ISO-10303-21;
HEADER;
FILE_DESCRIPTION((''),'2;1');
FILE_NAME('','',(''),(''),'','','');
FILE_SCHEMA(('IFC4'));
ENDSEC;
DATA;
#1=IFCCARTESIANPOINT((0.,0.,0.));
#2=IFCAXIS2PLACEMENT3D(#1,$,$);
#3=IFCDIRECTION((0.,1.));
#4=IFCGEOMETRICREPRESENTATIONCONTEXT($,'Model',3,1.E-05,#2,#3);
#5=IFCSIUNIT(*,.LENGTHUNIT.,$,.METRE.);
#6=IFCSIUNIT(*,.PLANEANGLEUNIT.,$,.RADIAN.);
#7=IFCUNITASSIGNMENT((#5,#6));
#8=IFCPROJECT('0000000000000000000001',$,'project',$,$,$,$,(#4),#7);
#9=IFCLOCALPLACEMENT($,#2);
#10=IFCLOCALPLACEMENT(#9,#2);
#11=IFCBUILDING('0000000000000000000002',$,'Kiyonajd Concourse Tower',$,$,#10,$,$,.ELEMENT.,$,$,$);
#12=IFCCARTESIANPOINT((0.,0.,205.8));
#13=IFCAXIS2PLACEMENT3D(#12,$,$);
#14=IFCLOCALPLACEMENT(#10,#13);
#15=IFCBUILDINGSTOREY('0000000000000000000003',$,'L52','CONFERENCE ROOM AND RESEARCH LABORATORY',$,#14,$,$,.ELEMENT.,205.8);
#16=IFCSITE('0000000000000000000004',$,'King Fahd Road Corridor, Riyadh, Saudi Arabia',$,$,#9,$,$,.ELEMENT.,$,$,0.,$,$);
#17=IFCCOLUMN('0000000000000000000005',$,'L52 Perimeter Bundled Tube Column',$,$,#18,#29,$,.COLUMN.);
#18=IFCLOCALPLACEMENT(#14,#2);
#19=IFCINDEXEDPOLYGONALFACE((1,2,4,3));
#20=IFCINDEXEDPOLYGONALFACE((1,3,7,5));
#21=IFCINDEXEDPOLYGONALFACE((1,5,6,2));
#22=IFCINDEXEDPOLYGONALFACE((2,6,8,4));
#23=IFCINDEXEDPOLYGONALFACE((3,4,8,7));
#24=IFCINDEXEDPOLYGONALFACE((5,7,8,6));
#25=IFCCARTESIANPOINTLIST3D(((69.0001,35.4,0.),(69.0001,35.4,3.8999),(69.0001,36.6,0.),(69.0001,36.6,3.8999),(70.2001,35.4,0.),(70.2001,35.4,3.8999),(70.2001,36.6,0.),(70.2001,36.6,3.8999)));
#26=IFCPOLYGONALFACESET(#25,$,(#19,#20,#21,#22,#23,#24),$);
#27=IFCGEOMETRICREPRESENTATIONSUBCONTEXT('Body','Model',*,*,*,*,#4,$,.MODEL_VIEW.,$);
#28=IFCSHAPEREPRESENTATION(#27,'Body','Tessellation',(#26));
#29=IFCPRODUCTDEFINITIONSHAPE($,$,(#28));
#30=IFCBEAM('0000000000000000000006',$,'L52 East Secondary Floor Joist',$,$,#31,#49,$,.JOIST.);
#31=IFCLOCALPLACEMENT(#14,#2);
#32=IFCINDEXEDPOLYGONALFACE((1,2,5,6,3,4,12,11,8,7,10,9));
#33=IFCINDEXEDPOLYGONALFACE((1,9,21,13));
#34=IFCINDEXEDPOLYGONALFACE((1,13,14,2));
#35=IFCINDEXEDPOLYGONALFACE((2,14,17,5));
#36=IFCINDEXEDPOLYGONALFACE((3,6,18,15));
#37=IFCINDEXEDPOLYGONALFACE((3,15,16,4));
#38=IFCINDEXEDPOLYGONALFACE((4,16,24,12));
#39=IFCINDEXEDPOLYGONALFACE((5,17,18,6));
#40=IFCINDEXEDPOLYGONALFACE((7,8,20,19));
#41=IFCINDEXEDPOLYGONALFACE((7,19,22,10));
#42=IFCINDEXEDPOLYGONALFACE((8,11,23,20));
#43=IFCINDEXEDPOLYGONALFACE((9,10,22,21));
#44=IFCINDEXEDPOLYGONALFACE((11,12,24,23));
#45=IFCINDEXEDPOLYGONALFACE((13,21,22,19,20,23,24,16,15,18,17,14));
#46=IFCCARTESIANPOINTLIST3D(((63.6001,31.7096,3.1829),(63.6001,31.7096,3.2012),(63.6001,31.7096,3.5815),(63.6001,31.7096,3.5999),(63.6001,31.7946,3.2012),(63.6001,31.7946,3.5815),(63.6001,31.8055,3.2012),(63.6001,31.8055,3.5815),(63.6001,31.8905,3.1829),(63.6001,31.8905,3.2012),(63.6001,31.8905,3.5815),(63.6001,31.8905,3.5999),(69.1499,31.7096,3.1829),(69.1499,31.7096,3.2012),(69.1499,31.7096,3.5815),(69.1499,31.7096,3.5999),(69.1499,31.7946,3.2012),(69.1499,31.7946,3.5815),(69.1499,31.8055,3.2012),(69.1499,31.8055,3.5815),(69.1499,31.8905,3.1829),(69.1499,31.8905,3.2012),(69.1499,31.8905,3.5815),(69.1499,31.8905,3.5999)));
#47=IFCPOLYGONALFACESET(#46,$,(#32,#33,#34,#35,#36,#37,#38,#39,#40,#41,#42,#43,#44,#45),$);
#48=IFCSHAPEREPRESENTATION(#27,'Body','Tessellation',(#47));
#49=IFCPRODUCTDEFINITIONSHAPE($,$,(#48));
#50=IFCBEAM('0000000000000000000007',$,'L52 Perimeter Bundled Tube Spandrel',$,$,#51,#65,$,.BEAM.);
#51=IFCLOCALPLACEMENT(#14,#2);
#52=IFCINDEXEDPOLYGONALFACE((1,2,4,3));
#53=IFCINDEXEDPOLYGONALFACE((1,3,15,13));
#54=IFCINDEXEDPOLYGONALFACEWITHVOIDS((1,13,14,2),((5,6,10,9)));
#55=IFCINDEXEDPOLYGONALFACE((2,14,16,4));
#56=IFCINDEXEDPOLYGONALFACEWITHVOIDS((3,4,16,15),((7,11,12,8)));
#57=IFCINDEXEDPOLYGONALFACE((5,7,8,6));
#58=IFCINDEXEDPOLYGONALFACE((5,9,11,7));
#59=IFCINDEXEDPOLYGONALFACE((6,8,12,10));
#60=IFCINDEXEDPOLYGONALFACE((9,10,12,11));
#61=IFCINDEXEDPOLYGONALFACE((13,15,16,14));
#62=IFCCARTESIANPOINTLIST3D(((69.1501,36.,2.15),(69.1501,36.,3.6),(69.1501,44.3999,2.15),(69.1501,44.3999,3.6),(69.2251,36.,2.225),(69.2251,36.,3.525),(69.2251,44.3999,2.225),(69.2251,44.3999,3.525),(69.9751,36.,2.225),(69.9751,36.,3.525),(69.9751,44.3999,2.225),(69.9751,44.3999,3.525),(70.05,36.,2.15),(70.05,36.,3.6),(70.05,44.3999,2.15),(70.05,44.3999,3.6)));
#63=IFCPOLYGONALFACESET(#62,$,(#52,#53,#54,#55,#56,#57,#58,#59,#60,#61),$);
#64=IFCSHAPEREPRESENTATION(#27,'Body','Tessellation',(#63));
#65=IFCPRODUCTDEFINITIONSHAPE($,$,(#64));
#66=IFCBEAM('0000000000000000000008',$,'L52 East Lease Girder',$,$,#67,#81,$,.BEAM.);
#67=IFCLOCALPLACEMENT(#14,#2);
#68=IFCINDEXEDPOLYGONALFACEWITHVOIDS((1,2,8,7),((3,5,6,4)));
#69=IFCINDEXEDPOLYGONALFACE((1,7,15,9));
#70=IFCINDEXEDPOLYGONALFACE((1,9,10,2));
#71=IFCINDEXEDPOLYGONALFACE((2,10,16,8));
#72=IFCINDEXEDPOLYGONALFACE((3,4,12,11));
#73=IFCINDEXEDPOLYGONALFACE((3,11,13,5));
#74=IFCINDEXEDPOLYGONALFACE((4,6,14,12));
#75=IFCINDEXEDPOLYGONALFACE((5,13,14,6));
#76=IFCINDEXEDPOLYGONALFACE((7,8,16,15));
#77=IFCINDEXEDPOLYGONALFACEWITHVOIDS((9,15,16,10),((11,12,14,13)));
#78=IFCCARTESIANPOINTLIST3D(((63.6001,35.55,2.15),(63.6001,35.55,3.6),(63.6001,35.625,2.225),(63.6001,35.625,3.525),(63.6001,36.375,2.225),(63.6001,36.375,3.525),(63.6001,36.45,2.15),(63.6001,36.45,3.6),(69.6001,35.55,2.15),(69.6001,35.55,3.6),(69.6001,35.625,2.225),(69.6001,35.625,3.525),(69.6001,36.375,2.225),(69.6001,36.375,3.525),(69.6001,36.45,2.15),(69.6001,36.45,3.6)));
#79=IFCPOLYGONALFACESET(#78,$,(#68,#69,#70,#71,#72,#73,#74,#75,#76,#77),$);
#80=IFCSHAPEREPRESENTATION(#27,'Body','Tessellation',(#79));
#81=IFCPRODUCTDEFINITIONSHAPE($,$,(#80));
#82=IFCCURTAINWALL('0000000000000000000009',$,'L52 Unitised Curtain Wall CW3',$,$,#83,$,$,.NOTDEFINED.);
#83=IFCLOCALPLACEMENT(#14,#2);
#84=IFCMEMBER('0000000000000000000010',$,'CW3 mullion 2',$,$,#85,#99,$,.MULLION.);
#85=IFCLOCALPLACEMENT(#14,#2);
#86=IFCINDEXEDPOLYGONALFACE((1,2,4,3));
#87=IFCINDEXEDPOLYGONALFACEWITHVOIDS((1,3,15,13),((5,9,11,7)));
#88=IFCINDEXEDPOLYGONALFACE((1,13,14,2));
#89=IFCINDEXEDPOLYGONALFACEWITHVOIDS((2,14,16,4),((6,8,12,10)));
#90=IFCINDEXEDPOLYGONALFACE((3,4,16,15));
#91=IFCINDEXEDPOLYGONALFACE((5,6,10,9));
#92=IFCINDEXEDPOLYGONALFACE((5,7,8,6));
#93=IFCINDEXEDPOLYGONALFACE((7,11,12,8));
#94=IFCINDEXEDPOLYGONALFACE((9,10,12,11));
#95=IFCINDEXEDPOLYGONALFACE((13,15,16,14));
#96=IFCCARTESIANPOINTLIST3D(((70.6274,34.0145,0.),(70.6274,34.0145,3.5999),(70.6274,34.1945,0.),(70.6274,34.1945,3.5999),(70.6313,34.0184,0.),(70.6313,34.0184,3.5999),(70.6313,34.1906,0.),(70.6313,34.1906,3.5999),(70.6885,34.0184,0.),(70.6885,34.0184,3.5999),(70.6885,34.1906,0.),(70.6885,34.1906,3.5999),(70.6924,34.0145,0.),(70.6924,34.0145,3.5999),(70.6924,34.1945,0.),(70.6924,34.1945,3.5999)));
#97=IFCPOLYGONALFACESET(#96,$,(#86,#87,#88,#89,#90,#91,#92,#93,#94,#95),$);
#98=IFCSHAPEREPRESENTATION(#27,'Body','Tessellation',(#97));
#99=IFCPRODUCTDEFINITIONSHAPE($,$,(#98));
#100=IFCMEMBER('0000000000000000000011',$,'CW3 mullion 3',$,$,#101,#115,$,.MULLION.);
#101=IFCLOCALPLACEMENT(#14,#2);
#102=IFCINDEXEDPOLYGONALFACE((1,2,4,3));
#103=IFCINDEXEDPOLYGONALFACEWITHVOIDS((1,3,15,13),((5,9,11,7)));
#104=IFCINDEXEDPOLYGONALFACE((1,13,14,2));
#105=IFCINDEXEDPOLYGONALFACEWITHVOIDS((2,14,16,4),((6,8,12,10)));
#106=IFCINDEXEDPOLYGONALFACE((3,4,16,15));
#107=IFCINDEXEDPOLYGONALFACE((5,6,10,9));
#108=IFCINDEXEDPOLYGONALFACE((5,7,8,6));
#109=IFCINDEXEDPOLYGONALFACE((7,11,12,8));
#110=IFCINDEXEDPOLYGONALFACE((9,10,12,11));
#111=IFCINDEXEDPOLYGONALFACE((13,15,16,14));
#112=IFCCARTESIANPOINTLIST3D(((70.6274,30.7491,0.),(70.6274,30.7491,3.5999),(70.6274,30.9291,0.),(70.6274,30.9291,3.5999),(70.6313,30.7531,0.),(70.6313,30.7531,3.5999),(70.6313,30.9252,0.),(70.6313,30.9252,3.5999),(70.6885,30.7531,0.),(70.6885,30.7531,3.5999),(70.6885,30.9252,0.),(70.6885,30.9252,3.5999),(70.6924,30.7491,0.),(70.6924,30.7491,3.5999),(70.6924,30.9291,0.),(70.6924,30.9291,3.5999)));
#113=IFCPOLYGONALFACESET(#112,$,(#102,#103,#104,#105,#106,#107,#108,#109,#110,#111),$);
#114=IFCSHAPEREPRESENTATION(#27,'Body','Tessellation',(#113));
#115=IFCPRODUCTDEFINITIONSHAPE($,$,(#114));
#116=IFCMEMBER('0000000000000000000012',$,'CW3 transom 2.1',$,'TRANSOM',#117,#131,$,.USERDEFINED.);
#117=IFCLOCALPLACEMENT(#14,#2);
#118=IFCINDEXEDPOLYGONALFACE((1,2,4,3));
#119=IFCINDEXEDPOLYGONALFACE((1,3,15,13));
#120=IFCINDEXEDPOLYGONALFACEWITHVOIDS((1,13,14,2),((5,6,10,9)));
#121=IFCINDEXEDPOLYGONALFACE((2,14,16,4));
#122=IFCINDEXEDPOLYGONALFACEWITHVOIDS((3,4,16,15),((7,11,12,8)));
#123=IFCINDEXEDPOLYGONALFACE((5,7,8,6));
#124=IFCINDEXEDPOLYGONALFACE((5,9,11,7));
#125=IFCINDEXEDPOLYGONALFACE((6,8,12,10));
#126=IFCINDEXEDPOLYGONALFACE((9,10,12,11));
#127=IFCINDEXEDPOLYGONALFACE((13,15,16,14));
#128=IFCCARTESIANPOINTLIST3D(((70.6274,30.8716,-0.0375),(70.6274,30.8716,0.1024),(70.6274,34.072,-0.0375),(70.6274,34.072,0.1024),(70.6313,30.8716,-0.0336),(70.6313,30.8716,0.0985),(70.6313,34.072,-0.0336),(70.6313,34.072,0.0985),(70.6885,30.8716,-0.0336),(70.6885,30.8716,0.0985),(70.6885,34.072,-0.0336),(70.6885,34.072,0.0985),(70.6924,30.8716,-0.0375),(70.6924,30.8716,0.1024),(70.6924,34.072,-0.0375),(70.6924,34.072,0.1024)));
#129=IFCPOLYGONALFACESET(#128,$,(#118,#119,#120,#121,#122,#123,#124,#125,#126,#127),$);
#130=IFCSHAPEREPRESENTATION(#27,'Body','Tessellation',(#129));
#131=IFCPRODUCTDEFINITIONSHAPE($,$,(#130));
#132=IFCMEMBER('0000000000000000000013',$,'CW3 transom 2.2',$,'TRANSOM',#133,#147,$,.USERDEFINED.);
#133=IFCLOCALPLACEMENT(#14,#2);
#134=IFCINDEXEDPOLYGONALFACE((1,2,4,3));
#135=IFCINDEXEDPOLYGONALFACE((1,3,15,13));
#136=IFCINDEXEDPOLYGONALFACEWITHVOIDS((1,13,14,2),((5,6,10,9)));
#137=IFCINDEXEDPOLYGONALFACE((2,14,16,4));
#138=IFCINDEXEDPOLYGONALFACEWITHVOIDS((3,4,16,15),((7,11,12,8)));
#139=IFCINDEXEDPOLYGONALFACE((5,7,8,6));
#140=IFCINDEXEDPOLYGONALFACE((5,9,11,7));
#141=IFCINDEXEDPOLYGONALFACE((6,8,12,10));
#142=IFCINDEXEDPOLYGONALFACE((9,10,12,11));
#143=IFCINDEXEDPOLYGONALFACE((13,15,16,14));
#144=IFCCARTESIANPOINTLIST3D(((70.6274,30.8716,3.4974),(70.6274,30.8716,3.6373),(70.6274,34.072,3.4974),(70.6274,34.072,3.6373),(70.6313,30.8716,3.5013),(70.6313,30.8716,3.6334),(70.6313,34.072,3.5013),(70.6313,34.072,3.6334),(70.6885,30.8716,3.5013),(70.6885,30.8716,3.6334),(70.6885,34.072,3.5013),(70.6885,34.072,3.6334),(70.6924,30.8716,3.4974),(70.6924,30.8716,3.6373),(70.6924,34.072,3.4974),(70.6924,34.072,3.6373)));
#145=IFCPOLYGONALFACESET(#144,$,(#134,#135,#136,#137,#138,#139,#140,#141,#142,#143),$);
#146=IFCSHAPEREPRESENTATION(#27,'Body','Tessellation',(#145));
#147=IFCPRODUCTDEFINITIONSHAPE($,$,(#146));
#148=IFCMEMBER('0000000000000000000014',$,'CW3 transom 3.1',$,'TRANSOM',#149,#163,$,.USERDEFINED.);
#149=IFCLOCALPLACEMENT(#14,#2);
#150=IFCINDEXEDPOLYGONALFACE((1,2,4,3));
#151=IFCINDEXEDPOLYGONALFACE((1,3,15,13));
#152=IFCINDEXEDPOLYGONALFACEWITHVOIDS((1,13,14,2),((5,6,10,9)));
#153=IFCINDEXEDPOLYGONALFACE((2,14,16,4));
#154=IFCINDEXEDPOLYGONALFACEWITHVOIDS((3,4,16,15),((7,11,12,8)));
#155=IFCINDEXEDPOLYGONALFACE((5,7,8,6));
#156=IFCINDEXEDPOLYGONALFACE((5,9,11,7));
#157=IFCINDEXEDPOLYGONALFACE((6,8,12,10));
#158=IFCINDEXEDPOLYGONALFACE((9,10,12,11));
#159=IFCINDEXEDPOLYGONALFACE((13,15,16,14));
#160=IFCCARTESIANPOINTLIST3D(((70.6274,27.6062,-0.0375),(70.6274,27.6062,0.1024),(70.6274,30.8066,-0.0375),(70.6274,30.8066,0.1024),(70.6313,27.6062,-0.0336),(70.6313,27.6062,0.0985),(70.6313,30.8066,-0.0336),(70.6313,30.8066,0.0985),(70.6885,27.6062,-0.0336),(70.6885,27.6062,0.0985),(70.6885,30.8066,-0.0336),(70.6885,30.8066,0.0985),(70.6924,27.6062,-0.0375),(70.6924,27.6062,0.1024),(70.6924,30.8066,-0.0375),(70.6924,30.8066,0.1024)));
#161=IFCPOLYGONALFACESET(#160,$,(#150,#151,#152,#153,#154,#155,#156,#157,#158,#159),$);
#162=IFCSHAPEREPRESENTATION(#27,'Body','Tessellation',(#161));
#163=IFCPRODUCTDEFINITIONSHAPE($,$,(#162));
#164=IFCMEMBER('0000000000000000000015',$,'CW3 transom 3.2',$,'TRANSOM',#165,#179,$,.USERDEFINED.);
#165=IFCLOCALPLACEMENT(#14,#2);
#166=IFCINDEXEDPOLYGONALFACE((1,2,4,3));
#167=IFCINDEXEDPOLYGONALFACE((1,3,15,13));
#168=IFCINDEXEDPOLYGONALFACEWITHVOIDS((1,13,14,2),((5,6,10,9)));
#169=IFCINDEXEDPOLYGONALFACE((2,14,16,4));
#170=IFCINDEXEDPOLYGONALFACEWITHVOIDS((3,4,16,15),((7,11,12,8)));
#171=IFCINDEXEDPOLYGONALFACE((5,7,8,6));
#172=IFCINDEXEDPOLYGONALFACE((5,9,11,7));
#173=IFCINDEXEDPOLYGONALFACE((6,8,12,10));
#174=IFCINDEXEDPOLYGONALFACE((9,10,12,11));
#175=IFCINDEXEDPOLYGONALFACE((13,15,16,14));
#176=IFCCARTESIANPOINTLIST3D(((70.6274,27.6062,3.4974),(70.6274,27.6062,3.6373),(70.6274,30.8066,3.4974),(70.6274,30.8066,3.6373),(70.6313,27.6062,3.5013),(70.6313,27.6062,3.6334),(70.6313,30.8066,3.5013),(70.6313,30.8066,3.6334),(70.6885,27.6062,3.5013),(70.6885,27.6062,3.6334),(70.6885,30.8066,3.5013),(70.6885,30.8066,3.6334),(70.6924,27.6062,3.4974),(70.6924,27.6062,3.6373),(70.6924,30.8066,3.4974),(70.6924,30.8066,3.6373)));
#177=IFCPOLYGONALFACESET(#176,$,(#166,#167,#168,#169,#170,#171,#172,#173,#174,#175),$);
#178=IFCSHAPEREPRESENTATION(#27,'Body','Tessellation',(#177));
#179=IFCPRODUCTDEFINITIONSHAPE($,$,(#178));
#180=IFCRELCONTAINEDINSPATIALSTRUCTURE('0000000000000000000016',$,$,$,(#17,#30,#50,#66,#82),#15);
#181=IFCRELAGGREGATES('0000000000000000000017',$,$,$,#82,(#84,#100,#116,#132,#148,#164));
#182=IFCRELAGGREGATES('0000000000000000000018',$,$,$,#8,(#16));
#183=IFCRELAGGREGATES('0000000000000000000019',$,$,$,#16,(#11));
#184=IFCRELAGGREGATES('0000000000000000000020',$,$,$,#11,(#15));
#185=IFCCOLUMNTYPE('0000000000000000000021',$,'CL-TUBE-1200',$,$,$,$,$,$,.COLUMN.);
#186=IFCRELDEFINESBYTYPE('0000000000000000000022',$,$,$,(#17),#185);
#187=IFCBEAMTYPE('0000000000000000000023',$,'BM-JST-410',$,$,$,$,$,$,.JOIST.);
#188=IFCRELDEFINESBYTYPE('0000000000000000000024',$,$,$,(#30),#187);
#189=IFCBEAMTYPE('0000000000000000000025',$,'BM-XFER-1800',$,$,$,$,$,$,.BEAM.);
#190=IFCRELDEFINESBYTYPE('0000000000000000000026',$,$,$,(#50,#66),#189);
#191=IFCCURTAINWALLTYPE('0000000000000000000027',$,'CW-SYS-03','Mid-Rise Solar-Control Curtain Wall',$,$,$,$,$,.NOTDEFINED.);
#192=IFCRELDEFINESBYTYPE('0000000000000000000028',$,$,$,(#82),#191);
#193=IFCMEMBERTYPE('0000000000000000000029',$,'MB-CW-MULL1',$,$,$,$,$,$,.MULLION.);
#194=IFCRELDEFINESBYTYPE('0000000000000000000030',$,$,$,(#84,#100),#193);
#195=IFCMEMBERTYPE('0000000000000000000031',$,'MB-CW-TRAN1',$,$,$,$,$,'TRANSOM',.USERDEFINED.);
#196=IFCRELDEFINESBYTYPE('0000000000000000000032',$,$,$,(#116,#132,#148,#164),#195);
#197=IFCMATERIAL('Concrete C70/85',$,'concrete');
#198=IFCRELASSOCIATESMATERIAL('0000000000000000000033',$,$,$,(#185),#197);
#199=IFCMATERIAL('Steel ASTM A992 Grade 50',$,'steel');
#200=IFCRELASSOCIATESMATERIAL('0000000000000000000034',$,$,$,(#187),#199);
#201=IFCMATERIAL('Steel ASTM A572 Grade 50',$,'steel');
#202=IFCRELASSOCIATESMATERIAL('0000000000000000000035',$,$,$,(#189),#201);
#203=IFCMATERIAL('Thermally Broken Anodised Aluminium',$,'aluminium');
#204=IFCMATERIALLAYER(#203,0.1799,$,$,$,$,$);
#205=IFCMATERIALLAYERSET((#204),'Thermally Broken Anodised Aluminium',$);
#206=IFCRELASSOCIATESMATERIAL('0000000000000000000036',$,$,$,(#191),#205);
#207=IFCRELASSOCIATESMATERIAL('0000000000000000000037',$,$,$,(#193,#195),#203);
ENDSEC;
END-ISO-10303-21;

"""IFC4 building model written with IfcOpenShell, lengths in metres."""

from ifc_helpers import new_model, si_unit, direction, frame, origin, origin_2d, place, context, subcontext, project, spatial, rectangle, hollow_rectangle, i_section, extrude, material, layer, layer_set, material_profile, profile_set, type_object, element, aggregate, save


model = new_model("IFC4")

# Units and contexts
model_context = context("Model", 3, precision=1e-05, world=origin(), true_north=direction((0.0, 1.0)))
body_context = subcontext(model_context, "Body", "Model", "MODEL_VIEW")
ifc_project = project(units=[si_unit("LENGTHUNIT", "METRE"), si_unit("PLANEANGLEUNIT", "RADIAN")], contexts=[model_context])

# Site, building, storey
site_placement = place(None, origin())
site = spatial("IfcSite", under=ifc_project, at=site_placement, Name="King Fahd Road Corridor, Riyadh, Saudi Arabia", CompositionType="ELEMENT", RefElevation=0.0)
building_placement = place(site_placement, origin())
building = spatial("IfcBuilding", under=site, at=building_placement, Name="Kiyonajd Concourse Tower", CompositionType="ELEMENT")
storey_placement = place(building_placement, frame((0.0, 0.0, 205.8)))
storey = spatial("IfcBuildingStorey", under=building, at=storey_placement, Name="L52", Description="CONFERENCE ROOM AND RESEARCH LABORATORY", CompositionType="ELEMENT", Elevation=205.8)

# Column
ifc_material_1 = material(Name="Concrete C70/85", Category="concrete")
ifc_material_profile_1 = material_profile(ifc_material_1, rectangle(XDim=1.2, YDim=1.2, at=origin_2d()), Name="RC-1200x1200")
ifc_profile_set_1 = profile_set([ifc_material_profile_1], Name="Concrete C70/85")
column_type = type_object("IfcColumnType", Name="CL-TUBE-1200", PredefinedType="COLUMN", material=ifc_profile_set_1)
column_placement = place(storey_placement, frame((69.6001, 36.0, 0.0), z_axis=(0.0, 0.0, 1.0), x_axis=(1.0, 0.0, 0.0)))
element("IfcColumn", 1, at=column_placement, inside=storey, type_object=column_type, Name="L52 Perimeter Bundled Tube Column", PredefinedType="COLUMN", context=body_context, shape_type="SweptSolid", body=[
    extrude(rectangle(XDim=1.2, YDim=1.2, at=origin_2d()), origin(), (0.0, 0.0, 1.0), 3.8999),
])

# Beams
ifc_material_2 = material(Name="Steel ASTM A992 Grade 50", Category="steel")
ifc_material_profile_2 = material_profile(ifc_material_2, i_section(OverallWidth=0.1809, OverallDepth=0.417, WebThickness=0.011, FlangeThickness=0.0183, at=origin_2d()), Name="W410X85")
ifc_profile_set_2 = profile_set([ifc_material_profile_2], Name="Steel ASTM A992 Grade 50")
beam_type_1 = type_object("IfcBeamType", Name="BM-JST-410", PredefinedType="JOIST", material=ifc_profile_set_2)
beam_1_placement = place(storey_placement, frame((63.6001, 31.8, 3.3914), z_axis=(1.0, 0.0, 0.0), x_axis=(0.0, 1.0, 0.0)))
element("IfcBeam", 2, at=beam_1_placement, inside=storey, type_object=beam_type_1, Name="L52 East Secondary Floor Joist", PredefinedType="JOIST", context=body_context, shape_type="SweptSolid", body=[
    extrude(i_section(OverallWidth=0.1809, OverallDepth=0.417, WebThickness=0.011, FlangeThickness=0.0183, at=origin_2d()), origin(), (0.0, 0.0, 1.0), 5.5498),
])
ifc_material_3 = material(Name="Steel ASTM A572 Grade 50", Category="steel")
ifc_material_profile_3 = material_profile(ifc_material_3, hollow_rectangle(XDim=0.8999, YDim=1.45, WallThickness=0.075, at=origin_2d()), Name="BOX-1450x900x75")
ifc_profile_set_3 = profile_set([ifc_material_profile_3], Name="Steel ASTM A572 Grade 50")
beam_type_2 = type_object("IfcBeamType", Name="BM-XFER-1800", PredefinedType="BEAM", material=ifc_profile_set_3)
beam_2_placement = place(storey_placement, frame((69.6001, 36.0, 2.875), z_axis=(0.0, 1.0, 0.0), x_axis=(-1.0, 0.0, 0.0)))
element("IfcBeam", 3, at=beam_2_placement, inside=storey, type_object=beam_type_2, Name="L52 Perimeter Bundled Tube Spandrel", PredefinedType="BEAM", context=body_context, shape_type="SweptSolid", body=[
    extrude(hollow_rectangle(XDim=0.8999, YDim=1.45, WallThickness=0.075, at=origin_2d()), origin(), (0.0, 0.0, 1.0), 8.3999),
])
beam_3_placement = place(storey_placement, frame((63.6001, 36.0, 2.875), z_axis=(1.0, 0.0, 0.0), x_axis=(0.0, 1.0, 0.0)))
element("IfcBeam", 4, at=beam_3_placement, inside=storey, type_object=beam_type_2, Name="L52 East Lease Girder", PredefinedType="BEAM", context=body_context, shape_type="SweptSolid", body=[
    extrude(hollow_rectangle(XDim=0.8999, YDim=1.45, WallThickness=0.075, at=origin_2d()), origin(), (0.0, 0.0, 1.0), 6.0),
])

# Curtain wall, members
ifc_material_4 = material(Name="Thermally Broken Anodised Aluminium", Category="aluminium")
ifc_layer_1 = layer(ifc_material_4, 0.1799)
ifc_layer_set_1 = layer_set([ifc_layer_1], Name="Thermally Broken Anodised Aluminium")
curtain_wall_type = type_object("IfcCurtainWallType", Name="CW-SYS-03", Description="Mid-Rise Solar-Control Curtain Wall", PredefinedType="NOTDEFINED", material=ifc_layer_set_1)
curtain_wall_placement = place(storey_placement, origin())
curtain_wall = element("IfcCurtainWall", 5, at=curtain_wall_placement, inside=storey, type_object=curtain_wall_type, Name="L52 Unitised Curtain Wall CW3", PredefinedType="NOTDEFINED")
ifc_material_profile_4 = material_profile(ifc_material_4, hollow_rectangle(XDim=0.0649, YDim=0.1799, WallThickness=0.0039, at=origin_2d()), Name="MULL-65x180")
ifc_profile_set_4 = profile_set([ifc_material_profile_4], Name="Thermally Broken Anodised Aluminium")
member_type_1 = type_object("IfcMemberType", Name="MB-CW-MULL1", PredefinedType="MULLION", material=ifc_profile_set_4)
member_1_placement = place(storey_placement, frame((70.6599, 34.1045, 0.0), z_axis=(0.0, 0.0, 1.0), x_axis=(1.0, 0.0, 0.0)))
member_1 = element("IfcMember", 6, at=member_1_placement, type_object=member_type_1, Name="CW3 mullion 2", PredefinedType="MULLION", context=body_context, shape_type="SweptSolid", body=[
    extrude(hollow_rectangle(XDim=0.0649, YDim=0.1799, WallThickness=0.0039, at=origin_2d()), origin(), (0.0, 0.0, 1.0), 3.5999),
])
member_2_placement = place(storey_placement, frame((70.6599, 30.8391, 0.0), z_axis=(0.0, 0.0, 1.0), x_axis=(1.0, 0.0, 0.0)))
member_2 = element("IfcMember", 7, at=member_2_placement, type_object=member_type_1, Name="CW3 mullion 3", PredefinedType="MULLION", context=body_context, shape_type="SweptSolid", body=[
    extrude(hollow_rectangle(XDim=0.0649, YDim=0.1799, WallThickness=0.0039, at=origin_2d()), origin(), (0.0, 0.0, 1.0), 3.5999),
])
ifc_material_profile_5 = material_profile(ifc_material_4, hollow_rectangle(XDim=0.0649, YDim=0.1399, WallThickness=0.0039, at=origin_2d()), Name="TRAN-65x140")
ifc_profile_set_5 = profile_set([ifc_material_profile_5], Name="Thermally Broken Anodised Aluminium")
member_type_2 = type_object("IfcMemberType", Name="MB-CW-TRAN1", ElementType="TRANSOM", PredefinedType="USERDEFINED", material=ifc_profile_set_5)
member_3_placement = place(storey_placement, frame((70.6599, 34.072, 0.0325), z_axis=(0.0, -1.0, 0.0), x_axis=(1.0, 0.0, 0.0)))
member_3 = element("IfcMember", 8, at=member_3_placement, type_object=member_type_2, Name="CW3 transom 2.1", ObjectType="TRANSOM", PredefinedType="USERDEFINED", context=body_context, shape_type="SweptSolid", body=[
    extrude(hollow_rectangle(XDim=0.0649, YDim=0.1399, WallThickness=0.0039, at=origin_2d()), origin(), (0.0, 0.0, 1.0), 3.2004),
])
member_4_placement = place(storey_placement, frame((70.6599, 34.072, 3.5674), z_axis=(0.0, -1.0, 0.0), x_axis=(1.0, 0.0, 0.0)))
member_4 = element("IfcMember", 9, at=member_4_placement, type_object=member_type_2, Name="CW3 transom 2.2", ObjectType="TRANSOM", PredefinedType="USERDEFINED", context=body_context, shape_type="SweptSolid", body=[
    extrude(hollow_rectangle(XDim=0.0649, YDim=0.1399, WallThickness=0.0039, at=origin_2d()), origin(), (0.0, 0.0, 1.0), 3.2004),
])
member_5_placement = place(storey_placement, frame((70.6599, 30.8066, 0.0325), z_axis=(0.0, -1.0, 0.0), x_axis=(1.0, 0.0, 0.0)))
member_5 = element("IfcMember", 10, at=member_5_placement, type_object=member_type_2, Name="CW3 transom 3.1", ObjectType="TRANSOM", PredefinedType="USERDEFINED", context=body_context, shape_type="SweptSolid", body=[
    extrude(hollow_rectangle(XDim=0.0649, YDim=0.1399, WallThickness=0.0039, at=origin_2d()), origin(), (0.0, 0.0, 1.0), 3.2004),
])
member_6_placement = place(storey_placement, frame((70.6599, 30.8066, 3.5674), z_axis=(0.0, -1.0, 0.0), x_axis=(1.0, 0.0, 0.0)))
member_6 = element("IfcMember", 11, at=member_6_placement, type_object=member_type_2, Name="CW3 transom 3.2", ObjectType="TRANSOM", PredefinedType="USERDEFINED", context=body_context, shape_type="SweptSolid", body=[
    extrude(hollow_rectangle(XDim=0.0649, YDim=0.1399, WallThickness=0.0039, at=origin_2d()), origin(), (0.0, 0.0, 1.0), 3.2004),
])

aggregate(curtain_wall, [member_1, member_2, member_3, member_4, member_5, member_6])

save(model, "model.ifc")
